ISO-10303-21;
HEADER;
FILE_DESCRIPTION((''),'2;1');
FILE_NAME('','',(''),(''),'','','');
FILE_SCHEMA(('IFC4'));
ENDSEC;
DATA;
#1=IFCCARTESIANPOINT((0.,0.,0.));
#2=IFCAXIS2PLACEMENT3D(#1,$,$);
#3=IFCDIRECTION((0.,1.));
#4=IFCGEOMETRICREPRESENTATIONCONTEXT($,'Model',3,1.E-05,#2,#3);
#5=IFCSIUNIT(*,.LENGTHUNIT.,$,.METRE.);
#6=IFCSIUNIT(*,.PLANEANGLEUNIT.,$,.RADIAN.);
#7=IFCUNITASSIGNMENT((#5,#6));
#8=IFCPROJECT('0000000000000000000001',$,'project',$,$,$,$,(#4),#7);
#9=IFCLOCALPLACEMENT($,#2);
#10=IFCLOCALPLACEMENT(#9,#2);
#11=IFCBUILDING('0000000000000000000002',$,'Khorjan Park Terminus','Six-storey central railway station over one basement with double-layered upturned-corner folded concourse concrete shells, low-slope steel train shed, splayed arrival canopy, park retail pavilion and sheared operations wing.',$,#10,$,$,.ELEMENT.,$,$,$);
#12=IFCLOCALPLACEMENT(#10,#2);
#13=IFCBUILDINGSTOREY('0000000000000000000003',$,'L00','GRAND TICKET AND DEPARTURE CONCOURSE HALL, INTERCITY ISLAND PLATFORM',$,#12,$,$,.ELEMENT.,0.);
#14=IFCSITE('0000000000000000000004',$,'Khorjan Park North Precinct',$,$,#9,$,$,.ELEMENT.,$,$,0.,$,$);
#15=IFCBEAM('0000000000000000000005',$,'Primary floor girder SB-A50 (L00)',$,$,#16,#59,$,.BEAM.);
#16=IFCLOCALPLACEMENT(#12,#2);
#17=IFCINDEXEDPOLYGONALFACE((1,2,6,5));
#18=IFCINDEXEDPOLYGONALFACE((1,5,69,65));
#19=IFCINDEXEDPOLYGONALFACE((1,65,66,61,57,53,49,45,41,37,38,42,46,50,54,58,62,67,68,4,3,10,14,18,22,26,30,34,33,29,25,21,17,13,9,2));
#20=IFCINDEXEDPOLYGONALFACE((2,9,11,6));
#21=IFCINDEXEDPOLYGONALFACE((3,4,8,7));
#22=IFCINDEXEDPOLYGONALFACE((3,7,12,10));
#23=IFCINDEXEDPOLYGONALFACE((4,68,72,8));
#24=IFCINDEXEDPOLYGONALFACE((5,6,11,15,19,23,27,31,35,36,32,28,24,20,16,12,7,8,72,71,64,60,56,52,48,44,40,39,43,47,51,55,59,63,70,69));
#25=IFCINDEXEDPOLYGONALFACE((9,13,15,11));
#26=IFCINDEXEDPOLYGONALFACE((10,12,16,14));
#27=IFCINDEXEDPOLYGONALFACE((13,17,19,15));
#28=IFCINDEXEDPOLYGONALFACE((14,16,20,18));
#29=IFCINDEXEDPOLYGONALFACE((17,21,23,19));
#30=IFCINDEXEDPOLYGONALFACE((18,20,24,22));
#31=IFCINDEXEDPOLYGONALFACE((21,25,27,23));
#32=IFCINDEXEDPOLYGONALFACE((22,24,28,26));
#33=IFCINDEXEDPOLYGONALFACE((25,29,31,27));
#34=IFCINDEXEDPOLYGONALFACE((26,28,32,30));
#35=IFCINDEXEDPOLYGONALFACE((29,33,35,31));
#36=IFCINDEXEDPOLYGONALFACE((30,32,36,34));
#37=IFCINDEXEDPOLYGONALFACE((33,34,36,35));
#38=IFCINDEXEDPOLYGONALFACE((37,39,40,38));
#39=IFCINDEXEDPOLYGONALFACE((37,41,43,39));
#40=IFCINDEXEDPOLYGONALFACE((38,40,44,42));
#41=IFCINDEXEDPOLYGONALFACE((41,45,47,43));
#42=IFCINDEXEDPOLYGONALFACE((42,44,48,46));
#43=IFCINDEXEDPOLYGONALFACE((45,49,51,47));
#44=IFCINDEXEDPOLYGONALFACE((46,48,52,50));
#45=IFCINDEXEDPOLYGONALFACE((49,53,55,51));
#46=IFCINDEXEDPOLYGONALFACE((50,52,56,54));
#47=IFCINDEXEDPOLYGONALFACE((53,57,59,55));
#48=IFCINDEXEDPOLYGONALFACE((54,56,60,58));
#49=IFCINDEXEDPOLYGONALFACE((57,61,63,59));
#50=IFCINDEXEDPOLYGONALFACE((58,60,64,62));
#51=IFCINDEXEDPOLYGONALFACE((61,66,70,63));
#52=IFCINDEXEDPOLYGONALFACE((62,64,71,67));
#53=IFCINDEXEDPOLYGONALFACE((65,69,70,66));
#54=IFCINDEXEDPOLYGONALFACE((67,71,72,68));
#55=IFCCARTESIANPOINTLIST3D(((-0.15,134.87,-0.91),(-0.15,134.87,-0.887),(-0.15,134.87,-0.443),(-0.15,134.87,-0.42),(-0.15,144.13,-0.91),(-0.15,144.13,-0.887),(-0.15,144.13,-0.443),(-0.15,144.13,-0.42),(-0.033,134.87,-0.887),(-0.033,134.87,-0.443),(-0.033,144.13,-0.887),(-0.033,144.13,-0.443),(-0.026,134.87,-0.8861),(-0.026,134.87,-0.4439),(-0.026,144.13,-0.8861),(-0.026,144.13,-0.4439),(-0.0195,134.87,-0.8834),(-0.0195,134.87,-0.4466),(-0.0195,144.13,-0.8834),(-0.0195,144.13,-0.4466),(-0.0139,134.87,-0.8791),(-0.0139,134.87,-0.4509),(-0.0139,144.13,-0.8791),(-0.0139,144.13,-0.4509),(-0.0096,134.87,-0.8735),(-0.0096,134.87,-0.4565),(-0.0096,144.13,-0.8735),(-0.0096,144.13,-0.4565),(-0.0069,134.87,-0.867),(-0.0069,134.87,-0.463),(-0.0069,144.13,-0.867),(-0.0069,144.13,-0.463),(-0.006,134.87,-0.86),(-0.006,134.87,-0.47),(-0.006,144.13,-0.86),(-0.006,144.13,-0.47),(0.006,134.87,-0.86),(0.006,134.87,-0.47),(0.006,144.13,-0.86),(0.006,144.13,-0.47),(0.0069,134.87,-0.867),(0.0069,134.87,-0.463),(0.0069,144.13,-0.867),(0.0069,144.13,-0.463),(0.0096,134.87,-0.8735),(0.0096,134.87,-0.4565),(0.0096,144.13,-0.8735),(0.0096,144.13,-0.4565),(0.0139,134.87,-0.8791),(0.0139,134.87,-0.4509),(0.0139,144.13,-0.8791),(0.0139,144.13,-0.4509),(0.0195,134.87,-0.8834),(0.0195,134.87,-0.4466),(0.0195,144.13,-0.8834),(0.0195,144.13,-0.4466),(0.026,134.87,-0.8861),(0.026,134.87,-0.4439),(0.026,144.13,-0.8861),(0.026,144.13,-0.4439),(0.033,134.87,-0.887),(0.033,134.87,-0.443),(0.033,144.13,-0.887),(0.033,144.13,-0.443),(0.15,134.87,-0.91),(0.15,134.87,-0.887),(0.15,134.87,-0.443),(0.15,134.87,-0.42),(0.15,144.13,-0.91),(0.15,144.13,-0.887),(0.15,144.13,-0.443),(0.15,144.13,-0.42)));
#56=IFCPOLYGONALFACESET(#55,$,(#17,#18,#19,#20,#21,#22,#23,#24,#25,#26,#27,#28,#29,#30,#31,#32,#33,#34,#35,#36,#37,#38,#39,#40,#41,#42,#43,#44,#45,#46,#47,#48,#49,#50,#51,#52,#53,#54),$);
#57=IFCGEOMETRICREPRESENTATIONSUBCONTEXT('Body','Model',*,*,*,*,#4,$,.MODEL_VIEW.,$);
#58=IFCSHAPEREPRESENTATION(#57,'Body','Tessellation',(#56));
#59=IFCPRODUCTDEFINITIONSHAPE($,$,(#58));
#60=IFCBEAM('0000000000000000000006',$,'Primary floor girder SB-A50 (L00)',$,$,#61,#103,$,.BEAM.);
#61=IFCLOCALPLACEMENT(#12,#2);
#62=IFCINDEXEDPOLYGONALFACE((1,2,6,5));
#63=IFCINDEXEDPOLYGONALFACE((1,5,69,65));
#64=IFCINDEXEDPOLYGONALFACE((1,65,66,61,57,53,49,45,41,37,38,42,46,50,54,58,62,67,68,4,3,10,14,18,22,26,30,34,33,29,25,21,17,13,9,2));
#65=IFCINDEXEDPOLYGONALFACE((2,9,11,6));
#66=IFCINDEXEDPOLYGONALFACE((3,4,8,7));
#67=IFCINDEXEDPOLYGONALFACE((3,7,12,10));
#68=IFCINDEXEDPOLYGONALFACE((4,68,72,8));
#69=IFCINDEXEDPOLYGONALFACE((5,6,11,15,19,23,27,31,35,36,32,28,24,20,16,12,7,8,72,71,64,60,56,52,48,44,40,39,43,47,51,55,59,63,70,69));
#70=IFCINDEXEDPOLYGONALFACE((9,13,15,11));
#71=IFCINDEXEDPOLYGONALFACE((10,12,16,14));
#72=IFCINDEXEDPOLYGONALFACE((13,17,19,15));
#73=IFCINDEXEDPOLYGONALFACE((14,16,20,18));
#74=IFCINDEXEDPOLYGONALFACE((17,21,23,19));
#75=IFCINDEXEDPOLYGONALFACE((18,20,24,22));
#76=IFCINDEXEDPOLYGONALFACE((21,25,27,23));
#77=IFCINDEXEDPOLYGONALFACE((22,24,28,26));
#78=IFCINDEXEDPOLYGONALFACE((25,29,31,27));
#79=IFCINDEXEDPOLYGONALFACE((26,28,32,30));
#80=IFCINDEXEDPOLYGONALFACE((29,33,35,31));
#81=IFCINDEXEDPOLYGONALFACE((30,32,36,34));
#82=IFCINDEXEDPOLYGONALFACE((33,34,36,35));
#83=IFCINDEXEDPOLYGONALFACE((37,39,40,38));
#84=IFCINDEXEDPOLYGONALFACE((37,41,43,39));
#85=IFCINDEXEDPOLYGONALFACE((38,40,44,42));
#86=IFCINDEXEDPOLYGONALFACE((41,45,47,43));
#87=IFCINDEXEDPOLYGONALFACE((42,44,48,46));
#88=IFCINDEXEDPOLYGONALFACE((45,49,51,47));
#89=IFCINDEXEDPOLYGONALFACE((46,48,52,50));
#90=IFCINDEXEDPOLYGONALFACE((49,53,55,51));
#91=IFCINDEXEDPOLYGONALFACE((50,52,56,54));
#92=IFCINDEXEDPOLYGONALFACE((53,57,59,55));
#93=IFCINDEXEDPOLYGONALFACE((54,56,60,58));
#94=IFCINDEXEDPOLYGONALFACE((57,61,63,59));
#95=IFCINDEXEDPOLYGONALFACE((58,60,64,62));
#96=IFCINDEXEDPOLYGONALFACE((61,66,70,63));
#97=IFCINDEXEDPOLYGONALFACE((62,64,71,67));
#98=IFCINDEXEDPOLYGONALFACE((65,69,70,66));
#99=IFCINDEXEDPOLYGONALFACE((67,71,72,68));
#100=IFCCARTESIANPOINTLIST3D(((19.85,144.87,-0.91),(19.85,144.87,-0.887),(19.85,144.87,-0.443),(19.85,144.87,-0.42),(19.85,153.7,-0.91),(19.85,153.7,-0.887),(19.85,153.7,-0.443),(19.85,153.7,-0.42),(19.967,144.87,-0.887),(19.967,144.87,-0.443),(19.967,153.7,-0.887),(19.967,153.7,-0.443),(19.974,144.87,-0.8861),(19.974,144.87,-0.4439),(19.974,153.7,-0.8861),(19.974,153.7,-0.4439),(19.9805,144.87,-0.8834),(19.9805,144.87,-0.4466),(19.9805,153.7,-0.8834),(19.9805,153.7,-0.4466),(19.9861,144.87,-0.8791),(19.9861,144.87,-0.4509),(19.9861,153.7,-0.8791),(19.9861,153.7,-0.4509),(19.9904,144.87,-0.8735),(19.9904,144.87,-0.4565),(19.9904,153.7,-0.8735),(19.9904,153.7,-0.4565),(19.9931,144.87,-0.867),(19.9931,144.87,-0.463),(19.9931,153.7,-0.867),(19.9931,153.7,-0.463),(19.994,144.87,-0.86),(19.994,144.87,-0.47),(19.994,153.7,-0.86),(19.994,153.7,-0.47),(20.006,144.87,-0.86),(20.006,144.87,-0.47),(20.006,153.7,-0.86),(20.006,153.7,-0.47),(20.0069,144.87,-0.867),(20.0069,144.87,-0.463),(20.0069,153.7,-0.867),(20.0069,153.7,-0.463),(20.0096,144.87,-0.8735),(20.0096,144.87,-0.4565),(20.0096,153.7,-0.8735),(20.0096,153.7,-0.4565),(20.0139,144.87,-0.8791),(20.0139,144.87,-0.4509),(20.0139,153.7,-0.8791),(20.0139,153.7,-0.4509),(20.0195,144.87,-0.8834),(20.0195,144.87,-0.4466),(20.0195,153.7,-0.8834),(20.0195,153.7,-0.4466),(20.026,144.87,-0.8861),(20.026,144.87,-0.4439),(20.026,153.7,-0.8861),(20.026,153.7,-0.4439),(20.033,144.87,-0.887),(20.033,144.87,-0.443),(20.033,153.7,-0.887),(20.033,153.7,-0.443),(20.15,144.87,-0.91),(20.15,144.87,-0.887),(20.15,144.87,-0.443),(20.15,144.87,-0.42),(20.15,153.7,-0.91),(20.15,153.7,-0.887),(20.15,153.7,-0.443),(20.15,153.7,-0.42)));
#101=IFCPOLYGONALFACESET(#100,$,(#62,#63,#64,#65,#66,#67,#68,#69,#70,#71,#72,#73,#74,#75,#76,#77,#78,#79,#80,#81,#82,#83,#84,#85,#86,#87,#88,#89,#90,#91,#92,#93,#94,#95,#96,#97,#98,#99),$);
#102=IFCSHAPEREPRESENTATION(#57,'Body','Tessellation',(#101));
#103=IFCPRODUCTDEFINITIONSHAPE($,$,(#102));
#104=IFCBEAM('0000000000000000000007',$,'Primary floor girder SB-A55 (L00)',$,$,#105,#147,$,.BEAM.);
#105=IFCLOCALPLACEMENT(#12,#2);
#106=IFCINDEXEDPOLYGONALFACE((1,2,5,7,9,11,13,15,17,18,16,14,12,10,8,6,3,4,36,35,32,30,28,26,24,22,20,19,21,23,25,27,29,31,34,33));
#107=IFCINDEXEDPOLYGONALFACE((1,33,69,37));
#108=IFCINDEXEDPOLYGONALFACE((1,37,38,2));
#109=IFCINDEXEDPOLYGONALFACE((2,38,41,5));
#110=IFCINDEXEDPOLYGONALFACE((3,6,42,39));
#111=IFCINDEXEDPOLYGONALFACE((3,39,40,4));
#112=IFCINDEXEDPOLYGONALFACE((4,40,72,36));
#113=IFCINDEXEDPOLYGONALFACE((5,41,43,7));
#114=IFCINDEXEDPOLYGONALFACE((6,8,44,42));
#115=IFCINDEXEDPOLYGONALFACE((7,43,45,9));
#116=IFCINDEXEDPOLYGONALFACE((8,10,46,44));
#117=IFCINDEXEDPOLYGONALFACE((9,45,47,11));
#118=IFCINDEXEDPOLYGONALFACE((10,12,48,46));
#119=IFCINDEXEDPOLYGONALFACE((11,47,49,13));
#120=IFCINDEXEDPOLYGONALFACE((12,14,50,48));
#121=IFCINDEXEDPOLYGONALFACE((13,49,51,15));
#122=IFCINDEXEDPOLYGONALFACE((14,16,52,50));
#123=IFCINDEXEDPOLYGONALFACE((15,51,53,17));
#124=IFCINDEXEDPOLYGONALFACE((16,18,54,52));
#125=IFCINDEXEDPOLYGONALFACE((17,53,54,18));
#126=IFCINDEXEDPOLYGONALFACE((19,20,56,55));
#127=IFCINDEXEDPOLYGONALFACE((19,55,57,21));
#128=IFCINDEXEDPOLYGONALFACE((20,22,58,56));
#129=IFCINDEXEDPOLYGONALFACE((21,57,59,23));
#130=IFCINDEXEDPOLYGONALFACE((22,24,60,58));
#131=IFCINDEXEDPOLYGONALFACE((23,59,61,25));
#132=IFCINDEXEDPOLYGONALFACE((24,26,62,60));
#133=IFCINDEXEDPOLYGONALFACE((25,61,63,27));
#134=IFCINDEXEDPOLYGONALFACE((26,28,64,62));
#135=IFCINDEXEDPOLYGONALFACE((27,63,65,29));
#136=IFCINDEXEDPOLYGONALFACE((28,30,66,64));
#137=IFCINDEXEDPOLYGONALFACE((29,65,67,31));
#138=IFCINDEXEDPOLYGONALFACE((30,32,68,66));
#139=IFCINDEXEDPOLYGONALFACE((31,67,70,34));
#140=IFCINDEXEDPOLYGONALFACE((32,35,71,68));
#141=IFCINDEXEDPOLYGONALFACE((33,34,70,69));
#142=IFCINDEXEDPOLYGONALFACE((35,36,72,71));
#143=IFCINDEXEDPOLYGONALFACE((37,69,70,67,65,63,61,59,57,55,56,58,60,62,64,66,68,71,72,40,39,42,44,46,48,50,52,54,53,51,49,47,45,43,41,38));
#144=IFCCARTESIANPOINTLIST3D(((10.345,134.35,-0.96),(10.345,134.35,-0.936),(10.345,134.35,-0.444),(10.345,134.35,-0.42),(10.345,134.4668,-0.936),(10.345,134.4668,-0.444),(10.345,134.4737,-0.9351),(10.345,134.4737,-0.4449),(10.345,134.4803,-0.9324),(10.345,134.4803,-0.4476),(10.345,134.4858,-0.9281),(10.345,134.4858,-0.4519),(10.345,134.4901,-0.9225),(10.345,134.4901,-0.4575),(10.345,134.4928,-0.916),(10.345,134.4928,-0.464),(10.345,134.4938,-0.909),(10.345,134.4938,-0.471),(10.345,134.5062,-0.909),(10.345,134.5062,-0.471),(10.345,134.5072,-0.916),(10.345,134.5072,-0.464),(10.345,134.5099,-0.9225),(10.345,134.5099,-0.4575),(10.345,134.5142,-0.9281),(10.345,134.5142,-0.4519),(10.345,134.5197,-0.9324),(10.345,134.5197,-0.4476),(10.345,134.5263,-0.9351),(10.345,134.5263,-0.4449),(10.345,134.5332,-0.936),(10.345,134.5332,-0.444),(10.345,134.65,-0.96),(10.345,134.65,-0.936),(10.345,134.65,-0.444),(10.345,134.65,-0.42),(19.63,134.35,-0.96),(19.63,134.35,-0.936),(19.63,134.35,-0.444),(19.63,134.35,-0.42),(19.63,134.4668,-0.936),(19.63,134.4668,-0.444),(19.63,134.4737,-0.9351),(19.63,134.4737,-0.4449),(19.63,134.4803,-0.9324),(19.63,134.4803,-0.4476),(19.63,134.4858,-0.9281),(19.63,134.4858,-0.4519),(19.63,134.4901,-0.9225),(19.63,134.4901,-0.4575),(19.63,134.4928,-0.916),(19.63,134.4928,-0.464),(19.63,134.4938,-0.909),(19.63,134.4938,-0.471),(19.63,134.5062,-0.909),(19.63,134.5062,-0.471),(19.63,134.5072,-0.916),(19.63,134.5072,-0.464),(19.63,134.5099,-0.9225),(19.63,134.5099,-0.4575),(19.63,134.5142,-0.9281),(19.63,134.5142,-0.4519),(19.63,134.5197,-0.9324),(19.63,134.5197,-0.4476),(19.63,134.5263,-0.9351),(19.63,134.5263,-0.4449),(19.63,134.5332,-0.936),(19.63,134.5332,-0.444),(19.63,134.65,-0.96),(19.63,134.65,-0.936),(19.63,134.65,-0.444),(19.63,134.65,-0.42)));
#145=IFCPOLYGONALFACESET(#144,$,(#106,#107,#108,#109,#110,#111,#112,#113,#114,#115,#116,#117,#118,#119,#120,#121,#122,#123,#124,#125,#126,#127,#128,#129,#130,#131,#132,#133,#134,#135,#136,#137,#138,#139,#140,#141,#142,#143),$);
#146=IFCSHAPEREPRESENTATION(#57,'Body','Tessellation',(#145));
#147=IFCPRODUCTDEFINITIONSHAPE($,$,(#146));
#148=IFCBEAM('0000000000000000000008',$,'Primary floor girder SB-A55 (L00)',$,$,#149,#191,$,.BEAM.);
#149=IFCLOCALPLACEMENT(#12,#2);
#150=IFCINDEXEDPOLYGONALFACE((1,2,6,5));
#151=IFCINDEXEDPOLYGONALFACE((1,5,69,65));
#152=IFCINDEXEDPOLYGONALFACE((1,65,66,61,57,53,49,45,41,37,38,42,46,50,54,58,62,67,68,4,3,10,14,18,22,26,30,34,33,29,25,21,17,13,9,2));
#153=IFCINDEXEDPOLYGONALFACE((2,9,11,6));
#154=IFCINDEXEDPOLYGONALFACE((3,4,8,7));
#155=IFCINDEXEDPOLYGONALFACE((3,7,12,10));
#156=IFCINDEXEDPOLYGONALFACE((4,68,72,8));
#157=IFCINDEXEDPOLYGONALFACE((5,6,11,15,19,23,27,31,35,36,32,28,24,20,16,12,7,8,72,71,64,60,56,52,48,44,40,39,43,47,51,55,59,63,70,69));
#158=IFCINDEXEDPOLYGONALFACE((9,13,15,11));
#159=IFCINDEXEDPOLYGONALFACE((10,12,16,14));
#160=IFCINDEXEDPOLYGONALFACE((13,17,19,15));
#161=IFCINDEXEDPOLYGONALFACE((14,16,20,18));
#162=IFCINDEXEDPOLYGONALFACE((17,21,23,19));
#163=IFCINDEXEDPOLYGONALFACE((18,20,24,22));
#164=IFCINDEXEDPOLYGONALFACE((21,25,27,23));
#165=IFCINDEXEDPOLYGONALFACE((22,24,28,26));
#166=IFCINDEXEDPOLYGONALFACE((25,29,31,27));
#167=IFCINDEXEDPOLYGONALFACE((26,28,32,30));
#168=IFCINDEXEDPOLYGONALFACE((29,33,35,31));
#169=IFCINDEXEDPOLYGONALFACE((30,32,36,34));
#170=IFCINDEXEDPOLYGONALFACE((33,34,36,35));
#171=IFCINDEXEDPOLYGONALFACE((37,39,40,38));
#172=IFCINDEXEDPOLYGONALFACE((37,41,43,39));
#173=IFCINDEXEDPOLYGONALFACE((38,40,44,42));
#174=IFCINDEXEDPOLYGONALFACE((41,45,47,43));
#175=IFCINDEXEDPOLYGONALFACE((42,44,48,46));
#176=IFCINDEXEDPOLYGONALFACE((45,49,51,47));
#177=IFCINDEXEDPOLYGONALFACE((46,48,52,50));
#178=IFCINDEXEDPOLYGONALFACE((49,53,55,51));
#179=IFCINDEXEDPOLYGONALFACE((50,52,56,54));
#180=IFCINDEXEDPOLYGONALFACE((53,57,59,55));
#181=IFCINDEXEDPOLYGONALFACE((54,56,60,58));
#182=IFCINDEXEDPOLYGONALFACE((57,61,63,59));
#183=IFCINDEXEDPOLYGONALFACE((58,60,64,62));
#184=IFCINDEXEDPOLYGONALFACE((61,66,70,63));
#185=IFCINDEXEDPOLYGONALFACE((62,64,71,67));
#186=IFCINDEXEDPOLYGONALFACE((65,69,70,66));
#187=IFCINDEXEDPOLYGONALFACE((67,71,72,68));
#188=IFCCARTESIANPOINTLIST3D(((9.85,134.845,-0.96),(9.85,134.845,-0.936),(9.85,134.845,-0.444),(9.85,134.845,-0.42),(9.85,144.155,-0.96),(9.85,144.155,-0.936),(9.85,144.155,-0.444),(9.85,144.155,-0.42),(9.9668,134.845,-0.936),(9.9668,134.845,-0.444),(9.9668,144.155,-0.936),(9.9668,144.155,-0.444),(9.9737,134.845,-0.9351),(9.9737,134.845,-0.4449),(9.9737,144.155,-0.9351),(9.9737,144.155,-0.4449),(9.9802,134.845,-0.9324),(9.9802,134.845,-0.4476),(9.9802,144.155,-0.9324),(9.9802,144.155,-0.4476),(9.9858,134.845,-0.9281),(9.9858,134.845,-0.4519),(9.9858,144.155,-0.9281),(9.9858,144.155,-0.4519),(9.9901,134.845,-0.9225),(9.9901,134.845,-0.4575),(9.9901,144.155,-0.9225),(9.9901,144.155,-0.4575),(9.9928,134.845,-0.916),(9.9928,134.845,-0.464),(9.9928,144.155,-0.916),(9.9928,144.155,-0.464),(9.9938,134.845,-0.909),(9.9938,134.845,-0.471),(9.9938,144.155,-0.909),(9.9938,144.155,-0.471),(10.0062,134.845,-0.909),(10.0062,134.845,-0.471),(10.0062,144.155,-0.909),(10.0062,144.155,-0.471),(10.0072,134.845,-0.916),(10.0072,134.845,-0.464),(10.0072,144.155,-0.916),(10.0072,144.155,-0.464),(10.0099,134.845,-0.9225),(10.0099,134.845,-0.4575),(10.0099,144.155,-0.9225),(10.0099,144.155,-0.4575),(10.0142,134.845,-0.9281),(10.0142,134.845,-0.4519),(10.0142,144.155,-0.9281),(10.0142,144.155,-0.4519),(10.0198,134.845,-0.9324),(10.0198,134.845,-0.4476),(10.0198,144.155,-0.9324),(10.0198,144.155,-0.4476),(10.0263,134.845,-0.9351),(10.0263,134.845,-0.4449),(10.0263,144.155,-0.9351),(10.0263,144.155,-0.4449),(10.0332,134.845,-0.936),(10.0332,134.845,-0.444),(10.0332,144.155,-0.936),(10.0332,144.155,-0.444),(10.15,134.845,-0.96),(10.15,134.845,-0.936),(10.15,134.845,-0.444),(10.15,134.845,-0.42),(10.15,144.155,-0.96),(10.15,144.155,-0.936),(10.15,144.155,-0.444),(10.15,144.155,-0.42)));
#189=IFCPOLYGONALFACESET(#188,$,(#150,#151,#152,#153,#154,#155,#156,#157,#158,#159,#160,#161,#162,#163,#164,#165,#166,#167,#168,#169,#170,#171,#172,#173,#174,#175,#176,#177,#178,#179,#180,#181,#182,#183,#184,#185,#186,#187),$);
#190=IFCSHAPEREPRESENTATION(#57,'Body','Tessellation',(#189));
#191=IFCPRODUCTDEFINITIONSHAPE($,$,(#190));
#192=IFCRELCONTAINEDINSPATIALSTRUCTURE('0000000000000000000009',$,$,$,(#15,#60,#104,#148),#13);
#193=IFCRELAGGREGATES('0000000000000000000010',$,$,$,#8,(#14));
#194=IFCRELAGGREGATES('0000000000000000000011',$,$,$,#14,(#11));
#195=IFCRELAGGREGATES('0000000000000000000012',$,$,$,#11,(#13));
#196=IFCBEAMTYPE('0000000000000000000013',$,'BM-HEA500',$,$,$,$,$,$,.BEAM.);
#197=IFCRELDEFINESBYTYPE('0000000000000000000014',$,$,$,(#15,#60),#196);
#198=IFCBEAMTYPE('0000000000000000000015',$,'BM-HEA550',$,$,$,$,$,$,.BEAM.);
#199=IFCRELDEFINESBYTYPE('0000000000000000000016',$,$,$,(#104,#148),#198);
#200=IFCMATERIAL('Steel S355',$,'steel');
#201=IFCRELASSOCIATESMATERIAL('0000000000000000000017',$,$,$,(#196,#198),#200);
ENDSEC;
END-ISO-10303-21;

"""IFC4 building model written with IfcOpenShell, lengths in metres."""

from ifc_helpers import new_model, si_unit, direction, frame, origin, origin_2d, place, context, subcontext, project, spatial, i_section, extrude, material, material_profile, profile_set, type_object, element, save


model = new_model("IFC4")

# Units and contexts
model_context = context("Model", 3, precision=1e-05, world=origin(), true_north=direction((0.0, 1.0)))
body_context = subcontext(model_context, "Body", "Model", "MODEL_VIEW")
ifc_project = project(units=[si_unit("LENGTHUNIT", "METRE"), si_unit("PLANEANGLEUNIT", "RADIAN")], contexts=[model_context])

# Site, building, storey
site_placement = place(None, origin())
site = spatial("IfcSite", under=ifc_project, at=site_placement, Name="Khorjan Park North Precinct", CompositionType="ELEMENT", RefElevation=0.0)
building_placement = place(site_placement, origin())
building = spatial("IfcBuilding", under=site, at=building_placement, Name="Khorjan Park Terminus", Description="Six-storey central railway station over one basement with double-layered upturned-corner folded concourse concrete shells, low-slope steel train shed, splayed arrival canopy, park retail pavilion and sheared operations wing.", CompositionType="ELEMENT")
storey_placement = place(building_placement, origin())
storey = spatial("IfcBuildingStorey", under=building, at=storey_placement, Name="L00", Description="GRAND TICKET AND DEPARTURE CONCOURSE HALL, INTERCITY ISLAND PLATFORM", CompositionType="ELEMENT", Elevation=0.0)

# Shared definitions
ifc_material = material(Name="Steel S355", Category="steel")

# Beams
ifc_material_profile_1 = material_profile(ifc_material, i_section(OverallWidth=0.3, OverallDepth=0.49, WebThickness=0.012, FlangeThickness=0.023, FilletRadius=0.027, at=origin_2d()), Name="HEA 500")
ifc_profile_set_1 = profile_set([ifc_material_profile_1], Name="Steel S355")
beam_type_1 = type_object("IfcBeamType", Name="BM-HEA500", PredefinedType="BEAM", material=ifc_profile_set_1)
beam_1_placement = place(storey_placement, frame((0.0, 134.87, -0.665), z_axis=(0.0, 1.0, 0.0), x_axis=(-1.0, 0.0, 0.0)))
element("IfcBeam", 1, at=beam_1_placement, inside=storey, type_object=beam_type_1, Name="Primary floor girder SB-A50 (L00)", PredefinedType="BEAM", context=body_context, shape_type="SweptSolid", body=[
    extrude(i_section(OverallWidth=0.3, OverallDepth=0.49, WebThickness=0.012, FlangeThickness=0.023, FilletRadius=0.027, at=origin_2d()), origin(), (0.0, 0.0, 1.0), 9.26),
])
beam_2_placement = place(storey_placement, frame((20.0, 144.87, -0.665), z_axis=(0.0, 1.0, 0.0), x_axis=(-1.0, 0.0, 0.0)))
element("IfcBeam", 2, at=beam_2_placement, inside=storey, type_object=beam_type_1, Name="Primary floor girder SB-A50 (L00)", PredefinedType="BEAM", context=body_context, shape_type="SweptSolid", body=[
    extrude(i_section(OverallWidth=0.3, OverallDepth=0.49, WebThickness=0.012, FlangeThickness=0.023, FilletRadius=0.027, at=origin_2d()), origin(), (0.0, 0.0, 1.0), 8.83),
])
ifc_material_profile_2 = material_profile(ifc_material, i_section(OverallWidth=0.3, OverallDepth=0.54, WebThickness=0.0125, FlangeThickness=0.024, FilletRadius=0.027, at=origin_2d()), Name="HEA 550")
ifc_profile_set_2 = profile_set([ifc_material_profile_2], Name="Steel S355")
beam_type_2 = type_object("IfcBeamType", Name="BM-HEA550", PredefinedType="BEAM", material=ifc_profile_set_2)
beam_3_placement = place(storey_placement, frame((10.345, 134.5, -0.69), z_axis=(1.0, 0.0, 0.0), x_axis=(0.0, 1.0, 0.0)))
element("IfcBeam", 3, at=beam_3_placement, inside=storey, type_object=beam_type_2, Name="Primary floor girder SB-A55 (L00)", PredefinedType="BEAM", context=body_context, shape_type="SweptSolid", body=[
    extrude(i_section(OverallWidth=0.3, OverallDepth=0.54, WebThickness=0.0125, FlangeThickness=0.024, FilletRadius=0.027, at=origin_2d()), origin(), (0.0, 0.0, 1.0), 9.285),
])
beam_4_placement = place(storey_placement, frame((10.0, 134.845, -0.69), z_axis=(0.0, 1.0, 0.0), x_axis=(-1.0, 0.0, 0.0)))
element("IfcBeam", 4, at=beam_4_placement, inside=storey, type_object=beam_type_2, Name="Primary floor girder SB-A55 (L00)", PredefinedType="BEAM", context=body_context, shape_type="SweptSolid", body=[
    extrude(i_section(OverallWidth=0.3, OverallDepth=0.54, WebThickness=0.0125, FlangeThickness=0.024, FilletRadius=0.027, at=origin_2d()), origin(), (0.0, 0.0, 1.0), 9.31),
])

save(model, "model.ifc")
